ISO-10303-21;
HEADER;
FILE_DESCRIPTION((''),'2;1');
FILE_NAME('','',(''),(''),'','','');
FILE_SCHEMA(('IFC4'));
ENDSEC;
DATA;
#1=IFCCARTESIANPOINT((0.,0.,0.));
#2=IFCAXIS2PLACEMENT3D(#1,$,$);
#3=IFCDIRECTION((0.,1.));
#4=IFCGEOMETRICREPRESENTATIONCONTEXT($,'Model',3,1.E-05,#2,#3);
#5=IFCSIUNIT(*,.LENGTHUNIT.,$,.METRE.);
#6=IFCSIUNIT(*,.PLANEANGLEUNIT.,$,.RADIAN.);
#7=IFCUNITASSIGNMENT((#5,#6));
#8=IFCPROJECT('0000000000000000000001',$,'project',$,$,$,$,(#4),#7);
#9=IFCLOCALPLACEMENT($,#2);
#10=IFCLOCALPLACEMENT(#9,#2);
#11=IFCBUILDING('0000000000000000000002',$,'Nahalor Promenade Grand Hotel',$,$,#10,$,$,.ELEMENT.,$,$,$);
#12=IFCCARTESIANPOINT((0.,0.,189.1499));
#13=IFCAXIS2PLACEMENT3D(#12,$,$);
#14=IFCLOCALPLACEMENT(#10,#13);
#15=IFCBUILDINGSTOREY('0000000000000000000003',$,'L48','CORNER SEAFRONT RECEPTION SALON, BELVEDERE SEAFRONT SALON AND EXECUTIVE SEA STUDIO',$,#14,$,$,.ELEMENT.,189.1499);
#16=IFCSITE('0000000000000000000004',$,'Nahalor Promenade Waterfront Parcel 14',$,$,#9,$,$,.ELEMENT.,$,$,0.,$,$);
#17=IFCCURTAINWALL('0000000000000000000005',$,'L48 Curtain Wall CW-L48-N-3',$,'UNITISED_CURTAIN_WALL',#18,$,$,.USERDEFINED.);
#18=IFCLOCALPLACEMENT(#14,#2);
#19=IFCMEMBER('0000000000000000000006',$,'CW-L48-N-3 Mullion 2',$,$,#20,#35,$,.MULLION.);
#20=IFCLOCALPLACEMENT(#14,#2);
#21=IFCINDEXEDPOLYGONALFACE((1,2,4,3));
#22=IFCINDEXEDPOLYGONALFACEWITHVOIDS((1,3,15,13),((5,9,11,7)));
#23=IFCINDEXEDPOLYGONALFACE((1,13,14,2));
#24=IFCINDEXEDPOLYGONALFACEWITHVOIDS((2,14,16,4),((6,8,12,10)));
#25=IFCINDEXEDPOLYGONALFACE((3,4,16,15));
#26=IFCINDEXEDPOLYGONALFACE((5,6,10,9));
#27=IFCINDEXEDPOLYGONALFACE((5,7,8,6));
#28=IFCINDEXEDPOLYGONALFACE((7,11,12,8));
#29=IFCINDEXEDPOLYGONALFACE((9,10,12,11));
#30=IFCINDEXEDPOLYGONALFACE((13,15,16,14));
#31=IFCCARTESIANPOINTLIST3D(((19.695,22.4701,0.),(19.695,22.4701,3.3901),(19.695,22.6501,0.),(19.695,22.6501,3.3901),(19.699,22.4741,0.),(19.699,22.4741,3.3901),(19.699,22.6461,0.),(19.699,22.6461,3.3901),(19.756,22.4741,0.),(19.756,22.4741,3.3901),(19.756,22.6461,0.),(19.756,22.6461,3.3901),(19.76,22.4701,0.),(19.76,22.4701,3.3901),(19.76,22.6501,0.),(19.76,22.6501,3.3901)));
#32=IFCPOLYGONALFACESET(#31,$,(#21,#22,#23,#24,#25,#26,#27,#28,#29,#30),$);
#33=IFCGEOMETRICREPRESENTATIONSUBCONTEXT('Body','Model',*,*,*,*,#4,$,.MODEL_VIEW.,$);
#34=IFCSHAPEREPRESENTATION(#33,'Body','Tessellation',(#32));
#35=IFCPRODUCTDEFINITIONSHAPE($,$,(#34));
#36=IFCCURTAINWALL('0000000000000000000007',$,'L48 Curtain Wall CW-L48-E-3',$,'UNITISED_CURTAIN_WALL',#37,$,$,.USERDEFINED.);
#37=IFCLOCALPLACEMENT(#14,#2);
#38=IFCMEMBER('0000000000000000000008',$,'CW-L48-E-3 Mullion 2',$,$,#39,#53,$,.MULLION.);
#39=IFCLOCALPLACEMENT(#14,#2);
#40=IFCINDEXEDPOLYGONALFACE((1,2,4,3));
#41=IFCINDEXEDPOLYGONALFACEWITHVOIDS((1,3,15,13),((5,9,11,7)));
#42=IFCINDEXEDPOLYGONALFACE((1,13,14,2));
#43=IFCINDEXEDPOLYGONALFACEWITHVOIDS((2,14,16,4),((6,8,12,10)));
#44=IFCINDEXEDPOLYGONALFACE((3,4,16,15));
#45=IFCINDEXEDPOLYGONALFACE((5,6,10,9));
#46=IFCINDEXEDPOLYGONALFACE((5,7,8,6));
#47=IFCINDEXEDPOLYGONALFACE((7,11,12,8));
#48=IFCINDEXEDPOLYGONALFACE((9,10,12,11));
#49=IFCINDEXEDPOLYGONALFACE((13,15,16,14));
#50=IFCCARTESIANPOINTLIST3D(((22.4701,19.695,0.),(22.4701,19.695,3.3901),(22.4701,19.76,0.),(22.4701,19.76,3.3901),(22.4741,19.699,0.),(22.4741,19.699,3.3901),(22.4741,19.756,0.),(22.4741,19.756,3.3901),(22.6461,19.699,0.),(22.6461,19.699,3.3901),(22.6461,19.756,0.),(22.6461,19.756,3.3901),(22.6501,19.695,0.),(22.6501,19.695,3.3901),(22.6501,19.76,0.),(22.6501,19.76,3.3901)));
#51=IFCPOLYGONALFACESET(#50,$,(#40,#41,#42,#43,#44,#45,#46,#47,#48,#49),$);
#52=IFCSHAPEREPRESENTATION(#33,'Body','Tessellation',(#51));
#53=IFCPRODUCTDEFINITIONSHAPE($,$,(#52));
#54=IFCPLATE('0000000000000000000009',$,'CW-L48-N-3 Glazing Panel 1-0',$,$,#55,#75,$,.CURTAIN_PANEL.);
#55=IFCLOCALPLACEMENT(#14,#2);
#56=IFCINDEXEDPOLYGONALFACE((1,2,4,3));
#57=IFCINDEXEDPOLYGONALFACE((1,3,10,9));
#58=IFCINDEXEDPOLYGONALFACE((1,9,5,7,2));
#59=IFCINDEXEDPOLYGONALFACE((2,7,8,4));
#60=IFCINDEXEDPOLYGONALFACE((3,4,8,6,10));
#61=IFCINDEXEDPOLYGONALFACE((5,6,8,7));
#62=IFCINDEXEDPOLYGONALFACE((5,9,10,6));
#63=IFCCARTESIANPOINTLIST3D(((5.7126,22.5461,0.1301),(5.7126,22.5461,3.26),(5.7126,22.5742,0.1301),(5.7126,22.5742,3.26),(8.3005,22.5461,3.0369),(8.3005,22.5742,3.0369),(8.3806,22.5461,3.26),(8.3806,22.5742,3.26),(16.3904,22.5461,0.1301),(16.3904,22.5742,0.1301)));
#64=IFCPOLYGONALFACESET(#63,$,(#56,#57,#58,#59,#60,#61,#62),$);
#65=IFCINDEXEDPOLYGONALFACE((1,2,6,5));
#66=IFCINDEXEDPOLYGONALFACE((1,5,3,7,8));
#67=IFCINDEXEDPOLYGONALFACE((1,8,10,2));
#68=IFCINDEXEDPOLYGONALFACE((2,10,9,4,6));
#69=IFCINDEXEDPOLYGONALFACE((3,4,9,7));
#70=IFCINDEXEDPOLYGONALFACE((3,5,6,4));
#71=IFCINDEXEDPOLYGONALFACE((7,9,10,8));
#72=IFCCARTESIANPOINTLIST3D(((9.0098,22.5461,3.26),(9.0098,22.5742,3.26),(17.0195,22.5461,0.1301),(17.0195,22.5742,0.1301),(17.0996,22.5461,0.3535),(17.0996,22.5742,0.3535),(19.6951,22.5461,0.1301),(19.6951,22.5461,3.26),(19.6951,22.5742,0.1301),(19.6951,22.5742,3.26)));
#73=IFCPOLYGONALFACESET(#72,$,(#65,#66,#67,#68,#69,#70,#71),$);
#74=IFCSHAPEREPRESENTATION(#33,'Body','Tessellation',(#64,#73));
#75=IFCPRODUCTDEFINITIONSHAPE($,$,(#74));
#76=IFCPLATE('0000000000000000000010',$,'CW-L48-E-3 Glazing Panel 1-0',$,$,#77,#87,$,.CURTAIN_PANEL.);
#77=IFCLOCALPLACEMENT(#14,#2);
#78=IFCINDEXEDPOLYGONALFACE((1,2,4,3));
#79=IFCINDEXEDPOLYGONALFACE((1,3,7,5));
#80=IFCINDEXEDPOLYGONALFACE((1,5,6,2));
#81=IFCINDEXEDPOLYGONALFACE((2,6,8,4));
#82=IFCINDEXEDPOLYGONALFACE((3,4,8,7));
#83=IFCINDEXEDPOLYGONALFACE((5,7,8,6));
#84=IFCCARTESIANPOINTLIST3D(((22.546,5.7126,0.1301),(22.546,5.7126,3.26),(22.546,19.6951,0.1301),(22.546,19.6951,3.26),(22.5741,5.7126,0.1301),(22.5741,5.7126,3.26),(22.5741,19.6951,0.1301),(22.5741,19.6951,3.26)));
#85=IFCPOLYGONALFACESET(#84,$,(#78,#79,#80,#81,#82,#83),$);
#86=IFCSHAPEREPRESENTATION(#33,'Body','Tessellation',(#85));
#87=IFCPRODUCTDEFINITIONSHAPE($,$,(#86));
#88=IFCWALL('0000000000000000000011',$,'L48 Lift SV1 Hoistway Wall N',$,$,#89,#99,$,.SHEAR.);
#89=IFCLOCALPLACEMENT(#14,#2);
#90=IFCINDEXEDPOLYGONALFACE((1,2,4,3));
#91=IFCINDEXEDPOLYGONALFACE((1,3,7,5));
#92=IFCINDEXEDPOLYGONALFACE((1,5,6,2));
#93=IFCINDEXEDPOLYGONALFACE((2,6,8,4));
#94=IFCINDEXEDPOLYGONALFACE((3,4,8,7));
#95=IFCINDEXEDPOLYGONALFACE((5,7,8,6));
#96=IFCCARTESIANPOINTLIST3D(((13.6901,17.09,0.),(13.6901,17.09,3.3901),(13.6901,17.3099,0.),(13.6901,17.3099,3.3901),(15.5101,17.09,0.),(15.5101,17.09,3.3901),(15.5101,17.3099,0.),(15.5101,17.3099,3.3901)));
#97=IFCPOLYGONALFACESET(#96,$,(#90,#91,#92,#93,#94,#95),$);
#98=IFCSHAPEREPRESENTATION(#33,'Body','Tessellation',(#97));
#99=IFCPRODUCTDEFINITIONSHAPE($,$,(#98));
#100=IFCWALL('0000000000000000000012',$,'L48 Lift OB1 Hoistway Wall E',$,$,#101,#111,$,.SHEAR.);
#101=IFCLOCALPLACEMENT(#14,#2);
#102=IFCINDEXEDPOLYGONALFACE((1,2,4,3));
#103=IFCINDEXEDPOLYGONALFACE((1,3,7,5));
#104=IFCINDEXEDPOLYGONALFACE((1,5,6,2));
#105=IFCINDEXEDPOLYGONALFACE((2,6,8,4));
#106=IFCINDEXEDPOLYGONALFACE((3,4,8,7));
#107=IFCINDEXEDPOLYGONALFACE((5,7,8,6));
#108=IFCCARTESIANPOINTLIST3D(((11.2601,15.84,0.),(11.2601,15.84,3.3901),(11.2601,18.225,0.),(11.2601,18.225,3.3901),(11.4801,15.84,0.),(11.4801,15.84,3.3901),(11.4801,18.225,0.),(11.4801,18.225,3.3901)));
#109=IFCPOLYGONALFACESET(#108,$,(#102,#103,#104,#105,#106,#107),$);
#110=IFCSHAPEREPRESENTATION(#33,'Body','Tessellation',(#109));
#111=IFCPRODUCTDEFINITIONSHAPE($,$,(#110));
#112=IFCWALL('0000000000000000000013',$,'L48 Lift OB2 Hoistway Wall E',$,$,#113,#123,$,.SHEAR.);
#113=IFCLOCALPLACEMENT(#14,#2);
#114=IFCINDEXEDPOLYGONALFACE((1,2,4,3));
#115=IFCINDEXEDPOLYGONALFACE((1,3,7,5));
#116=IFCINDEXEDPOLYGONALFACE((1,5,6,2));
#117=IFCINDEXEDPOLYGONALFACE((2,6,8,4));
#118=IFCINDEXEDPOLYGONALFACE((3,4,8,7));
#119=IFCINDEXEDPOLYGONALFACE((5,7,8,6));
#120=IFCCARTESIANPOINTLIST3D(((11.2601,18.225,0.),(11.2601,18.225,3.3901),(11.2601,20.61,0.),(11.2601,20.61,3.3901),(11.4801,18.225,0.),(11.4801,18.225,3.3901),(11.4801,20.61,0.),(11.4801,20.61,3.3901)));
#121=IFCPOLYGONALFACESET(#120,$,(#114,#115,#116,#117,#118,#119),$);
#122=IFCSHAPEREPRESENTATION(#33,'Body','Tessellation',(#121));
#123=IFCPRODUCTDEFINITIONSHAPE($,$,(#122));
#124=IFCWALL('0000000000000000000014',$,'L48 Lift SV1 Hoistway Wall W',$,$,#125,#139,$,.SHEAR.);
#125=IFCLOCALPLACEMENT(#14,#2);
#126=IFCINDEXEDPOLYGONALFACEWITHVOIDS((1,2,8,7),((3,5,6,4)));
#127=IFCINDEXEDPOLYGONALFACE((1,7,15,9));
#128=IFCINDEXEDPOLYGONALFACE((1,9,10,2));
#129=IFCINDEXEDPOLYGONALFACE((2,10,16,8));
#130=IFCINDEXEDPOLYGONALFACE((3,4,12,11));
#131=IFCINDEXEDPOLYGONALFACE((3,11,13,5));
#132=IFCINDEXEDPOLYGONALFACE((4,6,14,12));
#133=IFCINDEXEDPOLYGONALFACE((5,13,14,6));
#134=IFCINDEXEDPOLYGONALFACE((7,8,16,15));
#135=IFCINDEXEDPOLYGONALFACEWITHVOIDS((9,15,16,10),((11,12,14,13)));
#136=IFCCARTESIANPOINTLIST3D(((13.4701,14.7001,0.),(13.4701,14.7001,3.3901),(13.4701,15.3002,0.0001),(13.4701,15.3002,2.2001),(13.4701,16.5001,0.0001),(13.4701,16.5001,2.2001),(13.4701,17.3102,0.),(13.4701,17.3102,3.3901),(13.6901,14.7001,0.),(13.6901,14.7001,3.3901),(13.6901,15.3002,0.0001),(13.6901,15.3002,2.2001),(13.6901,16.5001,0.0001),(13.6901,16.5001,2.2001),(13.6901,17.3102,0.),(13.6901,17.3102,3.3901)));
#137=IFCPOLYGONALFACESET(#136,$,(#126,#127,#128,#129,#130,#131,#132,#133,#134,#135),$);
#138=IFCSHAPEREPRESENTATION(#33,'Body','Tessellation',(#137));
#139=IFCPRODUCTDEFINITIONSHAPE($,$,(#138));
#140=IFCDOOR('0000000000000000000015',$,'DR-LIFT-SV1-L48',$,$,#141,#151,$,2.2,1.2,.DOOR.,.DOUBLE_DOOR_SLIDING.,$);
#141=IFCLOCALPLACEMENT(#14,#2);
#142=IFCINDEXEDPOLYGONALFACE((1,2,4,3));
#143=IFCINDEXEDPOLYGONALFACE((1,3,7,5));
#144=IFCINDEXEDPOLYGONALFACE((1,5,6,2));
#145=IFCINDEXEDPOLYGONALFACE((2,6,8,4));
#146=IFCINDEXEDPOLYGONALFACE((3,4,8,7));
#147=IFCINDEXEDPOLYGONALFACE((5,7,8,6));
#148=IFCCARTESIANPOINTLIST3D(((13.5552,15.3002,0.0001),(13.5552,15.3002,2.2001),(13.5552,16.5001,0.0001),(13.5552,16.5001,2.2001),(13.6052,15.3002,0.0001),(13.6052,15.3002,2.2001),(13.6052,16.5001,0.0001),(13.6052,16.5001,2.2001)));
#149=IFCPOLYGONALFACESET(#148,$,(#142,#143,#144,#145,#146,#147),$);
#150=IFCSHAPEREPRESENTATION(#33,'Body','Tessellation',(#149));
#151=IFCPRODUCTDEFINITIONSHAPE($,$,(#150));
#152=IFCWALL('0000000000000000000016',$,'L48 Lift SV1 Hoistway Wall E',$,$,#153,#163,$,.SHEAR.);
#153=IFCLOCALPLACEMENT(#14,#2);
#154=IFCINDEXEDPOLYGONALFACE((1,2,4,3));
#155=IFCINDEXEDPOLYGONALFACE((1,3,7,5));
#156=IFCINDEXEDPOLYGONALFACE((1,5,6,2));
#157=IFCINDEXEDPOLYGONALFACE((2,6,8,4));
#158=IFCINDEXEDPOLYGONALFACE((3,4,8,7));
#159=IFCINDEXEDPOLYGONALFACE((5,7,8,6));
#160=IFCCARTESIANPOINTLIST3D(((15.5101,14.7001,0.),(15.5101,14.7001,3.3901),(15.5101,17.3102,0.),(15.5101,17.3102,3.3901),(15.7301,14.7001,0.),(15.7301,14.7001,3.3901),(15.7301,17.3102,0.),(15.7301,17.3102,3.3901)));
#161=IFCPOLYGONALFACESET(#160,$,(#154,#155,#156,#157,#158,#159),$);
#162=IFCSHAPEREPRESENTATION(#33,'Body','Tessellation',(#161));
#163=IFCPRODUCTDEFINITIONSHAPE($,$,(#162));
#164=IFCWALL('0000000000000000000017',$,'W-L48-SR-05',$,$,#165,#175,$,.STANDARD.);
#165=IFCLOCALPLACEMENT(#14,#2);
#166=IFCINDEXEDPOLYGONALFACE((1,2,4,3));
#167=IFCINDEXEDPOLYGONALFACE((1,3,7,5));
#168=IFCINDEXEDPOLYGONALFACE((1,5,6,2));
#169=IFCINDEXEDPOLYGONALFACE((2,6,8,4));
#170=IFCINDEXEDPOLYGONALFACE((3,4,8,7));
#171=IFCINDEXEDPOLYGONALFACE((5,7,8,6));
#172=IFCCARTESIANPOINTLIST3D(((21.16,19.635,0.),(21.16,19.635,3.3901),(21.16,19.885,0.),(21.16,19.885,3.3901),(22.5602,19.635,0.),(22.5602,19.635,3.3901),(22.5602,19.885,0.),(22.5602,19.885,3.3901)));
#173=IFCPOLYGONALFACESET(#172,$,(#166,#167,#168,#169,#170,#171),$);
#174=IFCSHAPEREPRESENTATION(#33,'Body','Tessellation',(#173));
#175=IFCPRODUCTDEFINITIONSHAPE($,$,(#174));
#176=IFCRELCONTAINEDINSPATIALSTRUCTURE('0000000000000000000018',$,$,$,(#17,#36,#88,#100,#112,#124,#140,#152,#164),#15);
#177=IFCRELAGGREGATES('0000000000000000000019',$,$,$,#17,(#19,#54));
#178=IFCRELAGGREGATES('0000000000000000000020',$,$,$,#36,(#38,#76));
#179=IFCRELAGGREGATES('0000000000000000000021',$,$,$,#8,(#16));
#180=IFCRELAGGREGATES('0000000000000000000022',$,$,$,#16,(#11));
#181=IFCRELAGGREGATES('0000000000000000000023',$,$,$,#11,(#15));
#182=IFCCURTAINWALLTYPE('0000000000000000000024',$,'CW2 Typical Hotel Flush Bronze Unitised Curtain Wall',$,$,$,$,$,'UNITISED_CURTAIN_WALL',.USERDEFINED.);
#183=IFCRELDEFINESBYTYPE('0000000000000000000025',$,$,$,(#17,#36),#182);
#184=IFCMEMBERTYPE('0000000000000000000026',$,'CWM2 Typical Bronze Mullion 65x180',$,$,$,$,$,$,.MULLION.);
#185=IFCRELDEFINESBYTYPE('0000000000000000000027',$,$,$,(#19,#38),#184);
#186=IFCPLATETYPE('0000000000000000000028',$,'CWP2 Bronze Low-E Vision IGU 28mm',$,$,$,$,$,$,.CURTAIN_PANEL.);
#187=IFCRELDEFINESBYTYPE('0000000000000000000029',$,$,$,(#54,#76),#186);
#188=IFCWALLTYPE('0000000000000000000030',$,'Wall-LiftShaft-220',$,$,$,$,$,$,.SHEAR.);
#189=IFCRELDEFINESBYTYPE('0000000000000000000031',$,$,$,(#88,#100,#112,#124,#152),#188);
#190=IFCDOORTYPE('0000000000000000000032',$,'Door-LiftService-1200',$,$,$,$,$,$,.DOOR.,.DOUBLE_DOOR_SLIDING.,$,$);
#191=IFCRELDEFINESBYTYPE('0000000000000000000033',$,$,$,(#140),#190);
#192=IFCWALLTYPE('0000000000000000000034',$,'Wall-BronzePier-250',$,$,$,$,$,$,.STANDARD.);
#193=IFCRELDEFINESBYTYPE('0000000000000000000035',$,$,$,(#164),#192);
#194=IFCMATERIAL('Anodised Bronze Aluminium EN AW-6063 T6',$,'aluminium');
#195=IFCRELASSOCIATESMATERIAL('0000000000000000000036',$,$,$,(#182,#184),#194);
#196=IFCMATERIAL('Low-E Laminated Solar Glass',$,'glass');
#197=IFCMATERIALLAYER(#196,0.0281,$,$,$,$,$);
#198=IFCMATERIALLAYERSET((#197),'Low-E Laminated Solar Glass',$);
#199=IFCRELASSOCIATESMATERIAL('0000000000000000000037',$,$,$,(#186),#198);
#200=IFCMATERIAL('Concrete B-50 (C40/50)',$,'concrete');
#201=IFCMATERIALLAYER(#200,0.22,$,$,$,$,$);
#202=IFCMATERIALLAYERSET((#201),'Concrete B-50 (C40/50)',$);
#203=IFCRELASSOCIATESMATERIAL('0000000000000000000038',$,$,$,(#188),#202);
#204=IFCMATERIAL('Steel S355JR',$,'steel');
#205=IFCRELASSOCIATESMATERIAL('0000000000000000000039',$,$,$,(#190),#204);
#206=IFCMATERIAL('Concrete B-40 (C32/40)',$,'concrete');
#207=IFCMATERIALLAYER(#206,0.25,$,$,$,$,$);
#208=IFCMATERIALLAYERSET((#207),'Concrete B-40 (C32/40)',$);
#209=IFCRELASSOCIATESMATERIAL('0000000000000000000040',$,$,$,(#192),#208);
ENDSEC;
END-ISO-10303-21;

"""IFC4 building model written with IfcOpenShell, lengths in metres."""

from ifc_helpers import new_model, si_unit, direction, frame, frame_2d, origin, origin_2d, place, context, subcontext, project, spatial, polyline, rectangle, hollow_rectangle, outline, extrude, source, transform, mapped, material, layer, layer_set, material_profile, profile_set, type_object, element, fill, aggregate, save


model = new_model("IFC4")

# Units and contexts
model_context = context("Model", 3, precision=1e-05, world=origin(), true_north=direction((0.0, 1.0)))
body_context = subcontext(model_context, "Body", "Model", "MODEL_VIEW")
ifc_project = project(units=[si_unit("LENGTHUNIT", "METRE"), si_unit("PLANEANGLEUNIT", "RADIAN")], contexts=[model_context])

# Site, building, storey
site_placement = place(None, origin())
site = spatial("IfcSite", under=ifc_project, at=site_placement, Name="Nahalor Promenade Waterfront Parcel 14", CompositionType="ELEMENT", RefElevation=0.0)
building_placement = place(site_placement, origin())
building = spatial("IfcBuilding", under=site, at=building_placement, Name="Nahalor Promenade Grand Hotel", CompositionType="ELEMENT")
storey_placement = place(building_placement, frame((0.0, 0.0, 189.1499)))
storey = spatial("IfcBuildingStorey", under=building, at=storey_placement, Name="L48", Description="CORNER SEAFRONT RECEPTION SALON, BELVEDERE SEAFRONT SALON AND EXECUTIVE SEA STUDIO", CompositionType="ELEMENT", Elevation=189.1499)

# Shared definitions
ifc_material_1 = material(Name="Steel S355JR", Category="steel")

# Curtain walls, members
ifc_material_2 = material(Name="Anodised Bronze Aluminium EN AW-6063 T6", Category="aluminium")
curtain_wall_type = type_object("IfcCurtainWallType", Name="CW2 Typical Hotel Flush Bronze Unitised Curtain Wall", ElementType="UNITISED_CURTAIN_WALL", PredefinedType="USERDEFINED", material=ifc_material_2)
curtain_wall_1_placement = place(storey_placement, origin())
curtain_wall_1 = element("IfcCurtainWall", 1, at=curtain_wall_1_placement, inside=storey, type_object=curtain_wall_type, Name="L48 Curtain Wall CW-L48-N-3", ObjectType="UNITISED_CURTAIN_WALL", PredefinedType="USERDEFINED")
ifc_material_profile_1 = material_profile(ifc_material_2, hollow_rectangle(XDim=0.065, YDim=0.18, WallThickness=0.004, at=origin_2d()), Name="CWM 65x180x4")
ifc_profile_set_1 = profile_set([ifc_material_profile_1], Name="Anodised Bronze Aluminium EN AW-6063 T6")
member_type_1 = type_object("IfcMemberType", Name="CWM2 Typical Bronze Mullion 65x180", PredefinedType="MULLION", material=ifc_profile_set_1)
shared_shape_1 = source(origin(), body_context, "Body", "SweptSolid", [
    extrude(hollow_rectangle(XDim=0.065, YDim=0.18, WallThickness=0.004, at=origin_2d()), origin(), (0.0, 0.0, 1.0), 3.3901),
])
member_1_placement = place(storey_placement, frame((19.7275, 22.5601, 0.0), z_axis=(0.0, 0.0, 1.0), x_axis=(1.0, 0.0, 0.0)))
member_1 = element("IfcMember", 2, at=member_1_placement, type_object=member_type_1, Name="CW-L48-N-3 Mullion 2", PredefinedType="MULLION", context=body_context, shape_type="MappedRepresentation", body=[
    mapped(shared_shape_1, transform((0.0, 0.0, 0.0), scale=1.0)),
])
curtain_wall_2_placement = place(storey_placement, origin())
curtain_wall_2 = element("IfcCurtainWall", 3, at=curtain_wall_2_placement, inside=storey, type_object=curtain_wall_type, Name="L48 Curtain Wall CW-L48-E-3", ObjectType="UNITISED_CURTAIN_WALL", PredefinedType="USERDEFINED")
member_2_placement = place(storey_placement, frame((22.5601, 19.7275, 0.0), z_axis=(0.0, 0.0, 1.0), x_axis=(0.0, 1.0, 0.0)))
member_2 = element("IfcMember", 4, at=member_2_placement, type_object=member_type_1, Name="CW-L48-E-3 Mullion 2", PredefinedType="MULLION", context=body_context, shape_type="MappedRepresentation", body=[
    mapped(shared_shape_1, transform((0.0, 0.0, 0.0), scale=1.0)),
])

# Plates
ifc_material_3 = material(Name="Low-E Laminated Solar Glass", Category="glass")
ifc_layer_1 = layer(ifc_material_3, 0.0281)
ifc_layer_set_1 = layer_set([ifc_layer_1], Name="Low-E Laminated Solar Glass")
plate_type = type_object("IfcPlateType", Name="CWP2 Bronze Low-E Vision IGU 28mm", PredefinedType="CURTAIN_PANEL", material=ifc_layer_set_1)
plate_1_placement = place(storey_placement, frame((12.7039, 22.5601, 0.1301), z_axis=(0.0, 0.0, 1.0), x_axis=(1.0, 0.0, 0.0)))
plate_1 = element("IfcPlate", 5, at=plate_1_placement, type_object=plate_type, Name="CW-L48-N-3 Glazing Panel 1-0", PredefinedType="CURTAIN_PANEL", context=body_context, shape_type="SweptSolid", body=[
    extrude(outline(polyline([(-6.9912, 3.1299), (-6.9912, 0.0), (3.6865, 0.0), (-4.4033, 2.9067), (-4.3232, 3.1299), (-6.9912, 3.1299)])), frame((0.0, 0.0142, 0.0), z_axis=(0.0, -1.0, 0.0), x_axis=(1.0, 0.0, 0.0)), (0.0, 0.0, 1.0), 0.0281),
    extrude(outline(polyline([(6.9912, 0.0), (6.9912, 3.1299), (-3.6941, 3.1299), (4.3958, 0.2234), (4.3157, 0.0), (6.9912, 0.0)])), frame((0.0, 0.0142, 0.0), z_axis=(0.0, -1.0, 0.0), x_axis=(1.0, 0.0, 0.0)), (0.0, 0.0, 1.0), 0.0281),
])
aggregate(curtain_wall_1, [member_1, plate_1])
shared_shape_2 = source(origin(), body_context, "Body", "SweptSolid", [
    extrude(rectangle(XDim=13.9824, YDim=0.0281, at=origin_2d()), origin(), (0.0, 0.0, 1.0), 3.1299),
])
plate_2_placement = place(storey_placement, frame((22.5601, 12.7039, 0.1301), z_axis=(0.0, 0.0, 1.0), x_axis=(0.0, 1.0, 0.0)))
plate_2 = element("IfcPlate", 6, at=plate_2_placement, type_object=plate_type, Name="CW-L48-E-3 Glazing Panel 1-0", PredefinedType="CURTAIN_PANEL", context=body_context, shape_type="MappedRepresentation", body=[
    mapped(shared_shape_2, transform((0.0, 0.0, 0.0), scale=1.0)),
])
aggregate(curtain_wall_2, [member_2, plate_2])

# Walls
ifc_material_4 = material(Name="Concrete B-50 (C40/50)", Category="concrete")
ifc_layer_2 = layer(ifc_material_4, 0.22)
ifc_layer_set_2 = layer_set([ifc_layer_2], Name="Concrete B-50 (C40/50)")
wall_type_1 = type_object("IfcWallType", Name="Wall-LiftShaft-220", PredefinedType="SHEAR", material=ifc_layer_set_2)
shared_shape_3 = source(origin(), body_context, "Body", "SweptSolid", [
    extrude(rectangle(XDim=1.8201, YDim=0.22, at=frame_2d((0.9102, 0.0))), origin(), (0.0, 0.0, 1.0), 3.3901),
])
wall_1_placement = place(storey_placement, frame((13.6899, 17.2, 0.0), z_axis=(0.0, 0.0, 1.0), x_axis=(1.0, 0.0, 0.0)))
element("IfcWall", 7, at=wall_1_placement, inside=storey, type_object=wall_type_1, Name="L48 Lift SV1 Hoistway Wall N", PredefinedType="SHEAR", context=body_context, shape_type="MappedRepresentation", body=[
    mapped(shared_shape_3, transform((0.0, 0.0, 0.0), scale=1.0)),
])
shared_shape_4 = source(origin(), body_context, "Body", "SweptSolid", [
    extrude(rectangle(XDim=2.385, YDim=0.22, at=frame_2d((1.1924, 0.0))), origin(), (0.0, 0.0, 1.0), 3.3901),
])
for number, where, z_axis, x_axis, name in (
    (8, (11.3701, 15.8401, 0.0), (0.0, 0.0, 1.0), (0.0, 1.0, 0.0), "L48 Lift OB1 Hoistway Wall E"),
    (9, (11.3701, 18.2251, 0.0), (0.0, 0.0, 1.0), (0.0, 1.0, 0.0), "L48 Lift OB2 Hoistway Wall E"),
):
    element("IfcWall", number, at=place(storey_placement, frame(where, z_axis=z_axis, x_axis=x_axis)), inside=storey, type_object=wall_type_1, Name=name, PredefinedType="SHEAR", context=body_context, shape_type="MappedRepresentation", body=[
        mapped(shared_shape_4, transform((0.0, 0.0, 0.0), scale=1.0)),
    ])

# Wall, opening, door
shared_shape_5 = source(origin(), body_context, "Body", "SweptSolid", [
    extrude(rectangle(XDim=2.6101, YDim=0.22, at=frame_2d((1.3052, 0.0))), origin(), (0.0, 0.0, 1.0), 3.3901),
])
wall_2_placement = place(storey_placement, frame((13.5801, 14.7, 0.0), z_axis=(0.0, 0.0, 1.0), x_axis=(0.0, 1.0, 0.0)))
wall_2 = element("IfcWall", 10, at=wall_2_placement, inside=storey, type_object=wall_type_1, Name="L48 Lift SV1 Hoistway Wall W", PredefinedType="SHEAR", context=body_context, shape_type="MappedRepresentation", body=[
    mapped(shared_shape_5, transform((0.0, 0.0, 0.0), scale=1.0)),
])
opening_1_placement = place(wall_2_placement, frame((0.6001, 0.0, 0.0)))
opening_1 = element("IfcOpeningElement", 11, at=opening_1_placement, cuts=wall_2, PredefinedType="OPENING", context=body_context, shape_type="SweptSolid", body=[
    extrude(rectangle(XDim=1.2, YDim=2.2, at=frame_2d((0.6001, 1.1001))), frame((0.0, 0.1199, 0.0), z_axis=(0.0, -1.0, 0.0), x_axis=(1.0, 0.0, 0.0)), (0.0, 0.0, 1.0), 0.24),
])
door_type_1 = type_object("IfcDoorType", Name="Door-LiftService-1200", OperationType="DOUBLE_DOOR_SLIDING", PredefinedType="DOOR", material=ifc_material_1)
shared_shape_6 = source(origin(), body_context, "Body", "SweptSolid", [
    extrude(rectangle(XDim=1.2, YDim=2.2, at=frame_2d((0.6001, 1.1001))), frame((0.0, 0.0249, 0.0), z_axis=(0.0, -1.0, 0.0), x_axis=(1.0, 0.0, 0.0)), (0.0, 0.0, 1.0), 0.05),
])
door_1_placement = place(opening_1_placement, origin())
door_1 = element("IfcDoor", 12, at=door_1_placement, inside=storey, type_object=door_type_1, Name="DR-LIFT-SV1-L48", OperationType="DOUBLE_DOOR_SLIDING", OverallHeight=2.2, OverallWidth=1.2, PredefinedType="DOOR", context=body_context, shape_type="MappedRepresentation", body=[
    mapped(shared_shape_6, transform((0.0, 0.0, 0.0), scale=1.0)),
])
fill(opening_1, door_1)

# Walls
wall_3_placement = place(storey_placement, frame((15.6201, 14.7, 0.0), z_axis=(0.0, 0.0, 1.0), x_axis=(0.0, 1.0, 0.0)))
element("IfcWall", 13, at=wall_3_placement, inside=storey, type_object=wall_type_1, Name="L48 Lift SV1 Hoistway Wall E", PredefinedType="SHEAR", context=body_context, shape_type="MappedRepresentation", body=[
    mapped(shared_shape_5, transform((0.0, 0.0, 0.0), scale=1.0)),
])
ifc_material_5 = material(Name="Concrete B-40 (C32/40)", Category="concrete")
ifc_layer_3 = layer(ifc_material_5, 0.25)
ifc_layer_set_3 = layer_set([ifc_layer_3], Name="Concrete B-40 (C32/40)")
wall_type_2 = type_object("IfcWallType", Name="Wall-BronzePier-250", PredefinedType="STANDARD", material=ifc_layer_set_3)
shared_shape_7 = source(origin(), body_context, "Body", "SweptSolid", [
    extrude(rectangle(XDim=1.4001, YDim=0.25, at=frame_2d((0.7002, 0.0))), origin(), (0.0, 0.0, 1.0), 3.3901),
])
for number, where, z_axis, x_axis, name in (
    (14, (21.1599, 19.76, 0.0), (0.0, 0.0, 1.0), (1.0, 0.0, 0.0), "W-L48-SR-05"),
):
    element("IfcWall", number, at=place(storey_placement, frame(where, z_axis=z_axis, x_axis=x_axis)), inside=storey, type_object=wall_type_2, Name=name, PredefinedType="STANDARD", context=body_context, shape_type="MappedRepresentation", body=[
        mapped(shared_shape_7, transform((0.0, 0.0, 0.0), scale=1.0)),
    ])

save(model, "model.ifc")
